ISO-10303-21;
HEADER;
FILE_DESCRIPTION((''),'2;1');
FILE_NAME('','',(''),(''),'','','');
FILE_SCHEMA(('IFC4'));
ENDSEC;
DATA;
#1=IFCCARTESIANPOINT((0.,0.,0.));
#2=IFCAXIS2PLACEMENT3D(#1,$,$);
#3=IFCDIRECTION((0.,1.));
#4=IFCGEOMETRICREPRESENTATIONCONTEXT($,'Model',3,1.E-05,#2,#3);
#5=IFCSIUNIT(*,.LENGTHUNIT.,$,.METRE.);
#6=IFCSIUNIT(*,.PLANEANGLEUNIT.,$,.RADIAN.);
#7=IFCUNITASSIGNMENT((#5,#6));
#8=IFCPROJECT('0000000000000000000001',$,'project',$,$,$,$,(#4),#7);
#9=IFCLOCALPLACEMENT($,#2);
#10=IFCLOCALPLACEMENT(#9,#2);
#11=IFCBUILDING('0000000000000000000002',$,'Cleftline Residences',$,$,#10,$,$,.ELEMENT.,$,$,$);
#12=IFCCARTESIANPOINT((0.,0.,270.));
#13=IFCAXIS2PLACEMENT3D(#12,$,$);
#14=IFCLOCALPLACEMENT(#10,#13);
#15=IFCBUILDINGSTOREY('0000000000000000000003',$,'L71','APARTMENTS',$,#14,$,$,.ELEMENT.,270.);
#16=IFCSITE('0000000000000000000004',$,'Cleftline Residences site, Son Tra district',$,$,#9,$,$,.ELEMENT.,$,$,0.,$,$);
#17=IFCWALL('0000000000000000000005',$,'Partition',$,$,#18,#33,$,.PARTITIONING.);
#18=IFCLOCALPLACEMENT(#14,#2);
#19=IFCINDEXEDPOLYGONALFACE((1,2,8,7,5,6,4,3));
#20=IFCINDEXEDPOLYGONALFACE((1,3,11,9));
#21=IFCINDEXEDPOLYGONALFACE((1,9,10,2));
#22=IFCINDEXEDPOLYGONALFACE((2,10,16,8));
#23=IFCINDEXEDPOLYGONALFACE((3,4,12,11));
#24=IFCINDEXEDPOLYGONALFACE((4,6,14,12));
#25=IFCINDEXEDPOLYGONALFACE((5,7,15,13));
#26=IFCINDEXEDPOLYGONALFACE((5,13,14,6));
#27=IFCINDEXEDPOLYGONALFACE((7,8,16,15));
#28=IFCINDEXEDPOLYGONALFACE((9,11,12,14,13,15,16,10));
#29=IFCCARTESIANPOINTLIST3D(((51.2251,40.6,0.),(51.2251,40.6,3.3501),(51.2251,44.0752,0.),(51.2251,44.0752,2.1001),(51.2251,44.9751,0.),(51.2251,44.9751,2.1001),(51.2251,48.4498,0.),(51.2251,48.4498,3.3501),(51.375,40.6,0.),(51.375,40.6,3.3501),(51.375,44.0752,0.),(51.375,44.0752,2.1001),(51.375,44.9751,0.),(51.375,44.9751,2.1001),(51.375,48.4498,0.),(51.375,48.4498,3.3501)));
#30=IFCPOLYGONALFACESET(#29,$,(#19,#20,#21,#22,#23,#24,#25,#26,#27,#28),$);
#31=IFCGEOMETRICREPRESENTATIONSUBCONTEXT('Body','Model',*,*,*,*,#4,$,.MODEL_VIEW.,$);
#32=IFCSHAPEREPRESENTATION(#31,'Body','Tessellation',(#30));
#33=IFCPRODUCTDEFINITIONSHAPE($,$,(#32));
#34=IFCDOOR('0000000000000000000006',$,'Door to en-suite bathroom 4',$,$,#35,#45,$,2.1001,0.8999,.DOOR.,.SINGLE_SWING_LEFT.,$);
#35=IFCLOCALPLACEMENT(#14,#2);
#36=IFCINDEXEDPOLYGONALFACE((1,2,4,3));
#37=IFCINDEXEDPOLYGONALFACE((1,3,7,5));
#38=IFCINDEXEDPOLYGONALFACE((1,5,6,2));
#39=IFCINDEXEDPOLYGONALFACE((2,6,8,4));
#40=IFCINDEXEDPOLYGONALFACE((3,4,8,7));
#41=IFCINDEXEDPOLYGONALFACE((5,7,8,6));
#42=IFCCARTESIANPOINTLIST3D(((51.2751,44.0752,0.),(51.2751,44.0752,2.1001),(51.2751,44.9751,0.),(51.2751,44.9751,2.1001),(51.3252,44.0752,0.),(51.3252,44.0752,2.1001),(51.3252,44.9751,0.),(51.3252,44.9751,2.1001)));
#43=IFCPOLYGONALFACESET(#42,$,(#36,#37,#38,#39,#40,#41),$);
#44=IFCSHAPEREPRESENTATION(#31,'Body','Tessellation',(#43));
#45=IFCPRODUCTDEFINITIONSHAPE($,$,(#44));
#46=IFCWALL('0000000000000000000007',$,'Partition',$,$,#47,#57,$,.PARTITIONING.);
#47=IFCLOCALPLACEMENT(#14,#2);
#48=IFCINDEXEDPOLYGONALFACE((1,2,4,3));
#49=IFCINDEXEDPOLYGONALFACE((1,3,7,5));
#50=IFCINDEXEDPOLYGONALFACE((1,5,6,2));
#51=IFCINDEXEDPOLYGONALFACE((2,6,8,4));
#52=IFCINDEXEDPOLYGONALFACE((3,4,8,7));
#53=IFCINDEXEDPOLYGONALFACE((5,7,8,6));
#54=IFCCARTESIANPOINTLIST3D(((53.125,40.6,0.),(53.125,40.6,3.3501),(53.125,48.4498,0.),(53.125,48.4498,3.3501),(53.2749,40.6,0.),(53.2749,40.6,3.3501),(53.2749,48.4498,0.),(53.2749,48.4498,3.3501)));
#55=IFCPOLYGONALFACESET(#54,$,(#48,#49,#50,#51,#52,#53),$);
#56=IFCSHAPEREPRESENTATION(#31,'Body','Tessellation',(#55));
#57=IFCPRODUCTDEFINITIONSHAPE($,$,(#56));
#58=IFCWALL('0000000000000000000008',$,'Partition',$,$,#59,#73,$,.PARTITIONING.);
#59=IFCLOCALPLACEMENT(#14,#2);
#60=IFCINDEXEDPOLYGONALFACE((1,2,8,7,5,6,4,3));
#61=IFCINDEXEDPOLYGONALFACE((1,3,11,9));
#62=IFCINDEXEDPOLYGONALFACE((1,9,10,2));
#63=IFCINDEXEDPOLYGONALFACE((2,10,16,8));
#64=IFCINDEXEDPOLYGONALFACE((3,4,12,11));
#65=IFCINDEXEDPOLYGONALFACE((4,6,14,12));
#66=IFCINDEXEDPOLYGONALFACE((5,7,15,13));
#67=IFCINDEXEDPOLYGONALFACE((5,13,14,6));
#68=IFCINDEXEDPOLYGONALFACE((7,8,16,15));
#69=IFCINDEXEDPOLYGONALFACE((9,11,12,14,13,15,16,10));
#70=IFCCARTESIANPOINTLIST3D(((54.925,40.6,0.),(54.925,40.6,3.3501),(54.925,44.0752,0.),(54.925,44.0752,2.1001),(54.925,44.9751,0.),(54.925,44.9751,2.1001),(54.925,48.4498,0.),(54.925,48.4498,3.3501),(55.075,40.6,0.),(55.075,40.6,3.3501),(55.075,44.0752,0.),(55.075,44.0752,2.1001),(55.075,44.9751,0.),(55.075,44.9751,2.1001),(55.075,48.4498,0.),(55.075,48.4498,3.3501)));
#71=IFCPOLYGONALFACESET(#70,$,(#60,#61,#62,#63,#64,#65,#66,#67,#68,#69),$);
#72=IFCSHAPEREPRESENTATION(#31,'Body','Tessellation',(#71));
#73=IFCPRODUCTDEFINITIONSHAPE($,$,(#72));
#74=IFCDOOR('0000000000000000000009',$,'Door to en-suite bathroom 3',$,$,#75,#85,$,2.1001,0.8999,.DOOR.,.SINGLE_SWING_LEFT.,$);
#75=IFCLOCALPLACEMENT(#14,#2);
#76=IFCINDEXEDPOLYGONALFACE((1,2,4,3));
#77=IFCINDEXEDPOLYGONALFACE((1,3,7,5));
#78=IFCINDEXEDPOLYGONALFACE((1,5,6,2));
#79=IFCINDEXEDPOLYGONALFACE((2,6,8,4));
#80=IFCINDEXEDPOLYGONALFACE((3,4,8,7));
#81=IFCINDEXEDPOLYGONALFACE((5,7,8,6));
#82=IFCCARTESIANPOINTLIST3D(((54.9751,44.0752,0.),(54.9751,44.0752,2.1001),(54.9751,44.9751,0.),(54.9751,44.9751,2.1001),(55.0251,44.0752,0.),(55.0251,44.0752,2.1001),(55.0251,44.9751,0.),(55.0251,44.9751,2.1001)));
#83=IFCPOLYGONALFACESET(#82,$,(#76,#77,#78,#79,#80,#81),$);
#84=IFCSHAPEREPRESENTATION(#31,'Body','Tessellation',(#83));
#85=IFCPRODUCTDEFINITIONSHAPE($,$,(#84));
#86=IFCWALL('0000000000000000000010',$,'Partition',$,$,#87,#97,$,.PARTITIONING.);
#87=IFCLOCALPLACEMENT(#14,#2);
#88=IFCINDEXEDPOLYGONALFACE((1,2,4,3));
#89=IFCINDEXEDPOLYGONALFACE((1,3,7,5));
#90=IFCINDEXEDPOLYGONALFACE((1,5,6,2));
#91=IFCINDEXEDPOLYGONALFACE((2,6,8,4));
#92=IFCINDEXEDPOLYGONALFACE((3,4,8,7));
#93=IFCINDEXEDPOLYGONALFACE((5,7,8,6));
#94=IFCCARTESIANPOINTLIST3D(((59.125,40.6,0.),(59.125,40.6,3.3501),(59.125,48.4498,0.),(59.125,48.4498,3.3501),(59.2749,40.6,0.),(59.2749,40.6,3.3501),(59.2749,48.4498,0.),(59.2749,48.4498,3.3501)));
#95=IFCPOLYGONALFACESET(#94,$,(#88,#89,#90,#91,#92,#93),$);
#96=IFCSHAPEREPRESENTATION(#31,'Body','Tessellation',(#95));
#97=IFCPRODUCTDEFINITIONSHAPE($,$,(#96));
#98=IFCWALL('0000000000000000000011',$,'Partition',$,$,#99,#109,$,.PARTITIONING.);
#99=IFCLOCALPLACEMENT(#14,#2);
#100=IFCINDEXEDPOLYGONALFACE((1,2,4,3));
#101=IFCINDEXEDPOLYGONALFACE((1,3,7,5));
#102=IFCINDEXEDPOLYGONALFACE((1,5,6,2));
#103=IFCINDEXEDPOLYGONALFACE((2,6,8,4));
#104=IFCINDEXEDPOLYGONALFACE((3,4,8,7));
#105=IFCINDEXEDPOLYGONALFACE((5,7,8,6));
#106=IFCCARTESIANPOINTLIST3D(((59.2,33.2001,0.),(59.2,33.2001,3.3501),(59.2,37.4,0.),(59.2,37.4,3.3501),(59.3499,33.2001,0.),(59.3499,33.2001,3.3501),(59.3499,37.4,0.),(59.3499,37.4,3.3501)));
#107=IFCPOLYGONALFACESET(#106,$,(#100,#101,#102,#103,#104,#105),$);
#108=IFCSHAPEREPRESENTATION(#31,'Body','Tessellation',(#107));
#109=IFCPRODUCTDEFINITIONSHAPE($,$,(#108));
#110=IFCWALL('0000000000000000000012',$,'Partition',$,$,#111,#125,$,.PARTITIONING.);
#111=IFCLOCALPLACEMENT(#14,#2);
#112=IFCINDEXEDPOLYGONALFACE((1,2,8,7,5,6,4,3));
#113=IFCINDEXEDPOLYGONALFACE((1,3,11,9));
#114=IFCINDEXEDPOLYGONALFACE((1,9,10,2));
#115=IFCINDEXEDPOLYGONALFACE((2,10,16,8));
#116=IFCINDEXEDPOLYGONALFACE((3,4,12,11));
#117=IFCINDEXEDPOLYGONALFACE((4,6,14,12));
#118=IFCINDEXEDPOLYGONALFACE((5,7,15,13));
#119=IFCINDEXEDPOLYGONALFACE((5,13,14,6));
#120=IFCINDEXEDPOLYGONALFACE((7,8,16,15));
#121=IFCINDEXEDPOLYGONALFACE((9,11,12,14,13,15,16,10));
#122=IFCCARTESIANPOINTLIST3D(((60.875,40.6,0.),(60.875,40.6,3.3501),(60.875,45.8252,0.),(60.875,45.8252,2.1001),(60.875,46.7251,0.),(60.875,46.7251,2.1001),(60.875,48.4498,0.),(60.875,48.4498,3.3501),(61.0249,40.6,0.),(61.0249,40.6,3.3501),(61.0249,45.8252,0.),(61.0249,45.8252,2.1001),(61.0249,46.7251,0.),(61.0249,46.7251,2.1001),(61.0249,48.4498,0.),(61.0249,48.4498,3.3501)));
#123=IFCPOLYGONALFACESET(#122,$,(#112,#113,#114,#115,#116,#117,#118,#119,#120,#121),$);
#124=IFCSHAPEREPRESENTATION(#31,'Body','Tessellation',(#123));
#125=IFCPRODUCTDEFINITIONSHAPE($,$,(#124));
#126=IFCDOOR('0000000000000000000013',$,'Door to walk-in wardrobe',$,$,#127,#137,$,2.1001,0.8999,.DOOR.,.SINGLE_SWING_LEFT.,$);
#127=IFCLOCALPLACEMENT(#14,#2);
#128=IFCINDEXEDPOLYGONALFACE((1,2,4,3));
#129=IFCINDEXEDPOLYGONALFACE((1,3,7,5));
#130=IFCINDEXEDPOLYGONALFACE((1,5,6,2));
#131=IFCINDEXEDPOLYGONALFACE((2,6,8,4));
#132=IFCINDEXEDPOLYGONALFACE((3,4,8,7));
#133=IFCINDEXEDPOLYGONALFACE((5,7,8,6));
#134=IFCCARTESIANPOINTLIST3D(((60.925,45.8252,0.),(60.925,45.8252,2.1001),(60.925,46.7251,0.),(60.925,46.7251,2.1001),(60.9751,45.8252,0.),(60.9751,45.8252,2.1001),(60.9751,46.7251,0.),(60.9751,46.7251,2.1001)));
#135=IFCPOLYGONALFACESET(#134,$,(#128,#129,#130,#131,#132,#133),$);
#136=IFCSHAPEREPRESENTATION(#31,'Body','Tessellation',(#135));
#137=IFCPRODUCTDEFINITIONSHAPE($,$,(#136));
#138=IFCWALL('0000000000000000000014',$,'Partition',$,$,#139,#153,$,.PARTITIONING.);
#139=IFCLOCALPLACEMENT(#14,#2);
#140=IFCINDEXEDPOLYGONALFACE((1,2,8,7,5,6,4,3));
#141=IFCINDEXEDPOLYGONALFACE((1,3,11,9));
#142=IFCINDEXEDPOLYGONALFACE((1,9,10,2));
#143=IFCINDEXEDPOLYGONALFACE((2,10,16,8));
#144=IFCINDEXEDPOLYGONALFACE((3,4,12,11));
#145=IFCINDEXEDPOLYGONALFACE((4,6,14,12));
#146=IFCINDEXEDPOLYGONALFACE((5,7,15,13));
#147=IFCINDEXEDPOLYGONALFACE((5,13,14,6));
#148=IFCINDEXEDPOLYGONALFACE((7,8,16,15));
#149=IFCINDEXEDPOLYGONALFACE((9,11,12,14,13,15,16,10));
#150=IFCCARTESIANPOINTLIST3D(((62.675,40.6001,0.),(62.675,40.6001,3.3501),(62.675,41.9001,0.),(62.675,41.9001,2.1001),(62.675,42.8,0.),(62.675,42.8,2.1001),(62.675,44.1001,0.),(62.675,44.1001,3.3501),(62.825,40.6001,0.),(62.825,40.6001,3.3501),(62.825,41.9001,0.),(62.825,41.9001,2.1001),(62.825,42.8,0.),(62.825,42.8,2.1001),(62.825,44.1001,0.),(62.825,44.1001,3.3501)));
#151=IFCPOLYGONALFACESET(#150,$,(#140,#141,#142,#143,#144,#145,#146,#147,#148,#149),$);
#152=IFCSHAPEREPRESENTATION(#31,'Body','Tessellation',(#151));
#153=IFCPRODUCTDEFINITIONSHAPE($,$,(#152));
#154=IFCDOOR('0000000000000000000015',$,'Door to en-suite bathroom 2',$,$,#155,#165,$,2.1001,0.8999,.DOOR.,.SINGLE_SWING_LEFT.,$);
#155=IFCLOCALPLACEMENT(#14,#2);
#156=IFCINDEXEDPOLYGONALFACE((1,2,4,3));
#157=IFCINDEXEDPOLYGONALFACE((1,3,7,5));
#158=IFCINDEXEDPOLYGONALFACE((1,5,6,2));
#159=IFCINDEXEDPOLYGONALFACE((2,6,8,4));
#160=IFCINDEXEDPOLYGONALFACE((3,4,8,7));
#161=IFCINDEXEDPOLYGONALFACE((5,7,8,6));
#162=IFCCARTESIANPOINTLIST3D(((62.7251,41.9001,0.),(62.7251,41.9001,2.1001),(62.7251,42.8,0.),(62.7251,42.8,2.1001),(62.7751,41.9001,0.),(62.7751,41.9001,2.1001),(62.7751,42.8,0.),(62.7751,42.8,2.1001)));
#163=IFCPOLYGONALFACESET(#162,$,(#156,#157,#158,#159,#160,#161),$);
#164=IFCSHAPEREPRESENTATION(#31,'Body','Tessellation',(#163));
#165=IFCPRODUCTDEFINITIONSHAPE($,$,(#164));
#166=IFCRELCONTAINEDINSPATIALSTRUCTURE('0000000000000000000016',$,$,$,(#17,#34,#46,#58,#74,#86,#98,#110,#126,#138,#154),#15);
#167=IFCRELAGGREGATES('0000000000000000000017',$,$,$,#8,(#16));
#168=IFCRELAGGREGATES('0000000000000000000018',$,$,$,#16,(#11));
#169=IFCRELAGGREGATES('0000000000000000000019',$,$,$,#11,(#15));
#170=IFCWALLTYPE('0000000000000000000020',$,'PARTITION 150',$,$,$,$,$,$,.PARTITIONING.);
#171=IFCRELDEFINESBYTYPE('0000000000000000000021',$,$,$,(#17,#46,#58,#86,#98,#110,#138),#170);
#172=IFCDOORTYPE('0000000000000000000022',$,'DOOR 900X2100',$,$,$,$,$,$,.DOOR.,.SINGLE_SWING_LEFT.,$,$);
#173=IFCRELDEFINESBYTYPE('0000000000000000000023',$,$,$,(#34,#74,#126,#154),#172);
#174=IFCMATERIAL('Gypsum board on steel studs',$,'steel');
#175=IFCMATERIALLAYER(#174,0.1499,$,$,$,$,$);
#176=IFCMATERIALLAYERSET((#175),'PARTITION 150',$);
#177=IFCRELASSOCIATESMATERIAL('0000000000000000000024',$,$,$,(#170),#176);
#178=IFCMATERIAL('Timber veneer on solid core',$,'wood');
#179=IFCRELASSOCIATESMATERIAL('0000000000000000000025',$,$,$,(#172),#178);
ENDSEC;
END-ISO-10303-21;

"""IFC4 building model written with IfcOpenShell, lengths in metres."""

from ifc_helpers import new_model, si_unit, direction, frame, frame_2d, origin, place, context, subcontext, project, spatial, rectangle, extrude, material, layer, layer_set, type_object, element, fill, save


model = new_model("IFC4")

# Units and contexts
model_context = context("Model", 3, precision=1e-05, world=origin(), true_north=direction((0.0, 1.0)))
body_context = subcontext(model_context, "Body", "Model", "MODEL_VIEW")
ifc_project = project(units=[si_unit("LENGTHUNIT", "METRE"), si_unit("PLANEANGLEUNIT", "RADIAN")], contexts=[model_context])

# Site, building, storey
site_placement = place(None, origin())
site = spatial("IfcSite", under=ifc_project, at=site_placement, Name="Cleftline Residences site, Son Tra district", CompositionType="ELEMENT", RefElevation=0.0)
building_placement = place(site_placement, origin())
building = spatial("IfcBuilding", under=site, at=building_placement, Name="Cleftline Residences", CompositionType="ELEMENT")
storey_placement = place(building_placement, frame((0.0, 0.0, 270.0)))
storey = spatial("IfcBuildingStorey", under=building, at=storey_placement, Name="L71", Description="APARTMENTS", CompositionType="ELEMENT", Elevation=270.0)

# Shared definitions
ifc_material_1 = material(Name="Gypsum board on steel studs", Category="steel")
ifc_layer = layer(ifc_material_1, 0.1499)
ifc_layer_set = layer_set([ifc_layer], Name="PARTITION 150")
wall_type = type_object("IfcWallType", Name="PARTITION 150", PredefinedType="PARTITIONING", material=ifc_layer_set)

# Wall, opening, door
wall_1_placement = place(storey_placement, frame((51.3, 40.6001, 0.0), z_axis=(0.0, 0.0, 1.0), x_axis=(0.0, 1.0, 0.0)))
wall_1 = element("IfcWall", 1, at=wall_1_placement, inside=storey, type_object=wall_type, Name="Partition", PredefinedType="PARTITIONING", context=body_context, shape_type="SweptSolid", body=[
    extrude(rectangle(XDim=7.8499, YDim=0.1499, at=frame_2d((3.9248, 0.0))), origin(), (0.0, 0.0, 1.0), 3.3501),
])
opening_1_placement = place(wall_1_placement, frame((3.4751, 0.0, 0.0)))
opening_1 = element("IfcOpeningElement", 2, at=opening_1_placement, cuts=wall_1, PredefinedType="OPENING", context=body_context, shape_type="SweptSolid", body=[
    extrude(rectangle(XDim=0.8999, YDim=2.1001, at=frame_2d((0.45, 1.05))), frame((0.0, 0.085, 0.0), z_axis=(0.0, -1.0, 0.0), x_axis=(1.0, 0.0, 0.0)), (0.0, 0.0, 1.0), 0.1699),
])
ifc_material_2 = material(Name="Timber veneer on solid core", Category="wood")
door_type_1 = type_object("IfcDoorType", Name="DOOR 900X2100", OperationType="SINGLE_SWING_LEFT", PredefinedType="DOOR", material=ifc_material_2)
door_1_placement = place(opening_1_placement, origin())
door_1 = element("IfcDoor", 3, at=door_1_placement, inside=storey, type_object=door_type_1, Name="Door to en-suite bathroom 4", OperationType="SINGLE_SWING_LEFT", OverallHeight=2.1001, OverallWidth=0.8999, PredefinedType="DOOR", context=body_context, shape_type="SweptSolid", body=[
    extrude(rectangle(XDim=0.8999, YDim=2.1001, at=frame_2d((0.45, 1.05))), frame((0.0, 0.0249, 0.0), z_axis=(0.0, -1.0, 0.0), x_axis=(1.0, 0.0, 0.0)), (0.0, 0.0, 1.0), 0.05),
])
fill(opening_1, door_1)

# Wall
wall_2_placement = place(storey_placement, frame((53.2, 40.6001, 0.0), z_axis=(0.0, 0.0, 1.0), x_axis=(0.0, 1.0, 0.0)))
element("IfcWall", 4, at=wall_2_placement, inside=storey, type_object=wall_type, Name="Partition", PredefinedType="PARTITIONING", context=body_context, shape_type="SweptSolid", body=[
    extrude(rectangle(XDim=7.8499, YDim=0.1499, at=frame_2d((3.9248, 0.0))), origin(), (0.0, 0.0, 1.0), 3.3501),
])

# Wall, opening, door
wall_3_placement = place(storey_placement, frame((55.0, 40.6001, 0.0), z_axis=(0.0, 0.0, 1.0), x_axis=(0.0, 1.0, 0.0)))
wall_3 = element("IfcWall", 5, at=wall_3_placement, inside=storey, type_object=wall_type, Name="Partition", PredefinedType="PARTITIONING", context=body_context, shape_type="SweptSolid", body=[
    extrude(rectangle(XDim=7.8499, YDim=0.1499, at=frame_2d((3.9248, 0.0))), origin(), (0.0, 0.0, 1.0), 3.3501),
])
opening_2_placement = place(wall_3_placement, frame((3.4751, 0.0, 0.0)))
opening_2 = element("IfcOpeningElement", 6, at=opening_2_placement, cuts=wall_3, PredefinedType="OPENING", context=body_context, shape_type="SweptSolid", body=[
    extrude(rectangle(XDim=0.8999, YDim=2.1001, at=frame_2d((0.45, 1.05))), frame((0.0, 0.085, 0.0), z_axis=(0.0, -1.0, 0.0), x_axis=(1.0, 0.0, 0.0)), (0.0, 0.0, 1.0), 0.1699),
])
door_2_placement = place(opening_2_placement, origin())
door_2 = element("IfcDoor", 7, at=door_2_placement, inside=storey, type_object=door_type_1, Name="Door to en-suite bathroom 3", OperationType="SINGLE_SWING_LEFT", OverallHeight=2.1001, OverallWidth=0.8999, PredefinedType="DOOR", context=body_context, shape_type="SweptSolid", body=[
    extrude(rectangle(XDim=0.8999, YDim=2.1001, at=frame_2d((0.45, 1.05))), frame((0.0, 0.0249, 0.0), z_axis=(0.0, -1.0, 0.0), x_axis=(1.0, 0.0, 0.0)), (0.0, 0.0, 1.0), 0.05),
])
fill(opening_2, door_2)

# Walls
wall_4_placement = place(storey_placement, frame((59.2, 40.6001, 0.0), z_axis=(0.0, 0.0, 1.0), x_axis=(0.0, 1.0, 0.0)))
element("IfcWall", 8, at=wall_4_placement, inside=storey, type_object=wall_type, Name="Partition", PredefinedType="PARTITIONING", context=body_context, shape_type="SweptSolid", body=[
    extrude(rectangle(XDim=7.8499, YDim=0.1499, at=frame_2d((3.9248, 0.0))), origin(), (0.0, 0.0, 1.0), 3.3501),
])
wall_5_placement = place(storey_placement, frame((59.2749, 33.2, 0.0), z_axis=(0.0, 0.0, 1.0), x_axis=(0.0, 1.0, 0.0)))
element("IfcWall", 9, at=wall_5_placement, inside=storey, type_object=wall_type, Name="Partition", PredefinedType="PARTITIONING", context=body_context, shape_type="SweptSolid", body=[
    extrude(rectangle(XDim=4.2, YDim=0.1499, at=frame_2d((2.1001, 0.0))), origin(), (0.0, 0.0, 1.0), 3.3501),
])

# Walls, openings, doors
wall_6_placement = place(storey_placement, frame((60.95, 40.6001, 0.0), z_axis=(0.0, 0.0, 1.0), x_axis=(0.0, 1.0, 0.0)))
wall_6 = element("IfcWall", 10, at=wall_6_placement, inside=storey, type_object=wall_type, Name="Partition", PredefinedType="PARTITIONING", context=body_context, shape_type="SweptSolid", body=[
    extrude(rectangle(XDim=7.8499, YDim=0.1499, at=frame_2d((3.9248, 0.0))), origin(), (0.0, 0.0, 1.0), 3.3501),
])
opening_3_placement = place(wall_6_placement, frame((5.2251, 0.0, 0.0)))
opening_3 = element("IfcOpeningElement", 11, at=opening_3_placement, cuts=wall_6, PredefinedType="OPENING", context=body_context, shape_type="SweptSolid", body=[
    extrude(rectangle(XDim=0.8999, YDim=2.1001, at=frame_2d((0.45, 1.05))), frame((0.0, 0.085, 0.0), z_axis=(0.0, -1.0, 0.0), x_axis=(1.0, 0.0, 0.0)), (0.0, 0.0, 1.0), 0.1699),
])
door_3_placement = place(opening_3_placement, origin())
door_3 = element("IfcDoor", 12, at=door_3_placement, inside=storey, type_object=door_type_1, Name="Door to walk-in wardrobe", OperationType="SINGLE_SWING_LEFT", OverallHeight=2.1001, OverallWidth=0.8999, PredefinedType="DOOR", context=body_context, shape_type="SweptSolid", body=[
    extrude(rectangle(XDim=0.8999, YDim=2.1001, at=frame_2d((0.45, 1.05))), frame((0.0, 0.0249, 0.0), z_axis=(0.0, -1.0, 0.0), x_axis=(1.0, 0.0, 0.0)), (0.0, 0.0, 1.0), 0.05),
])
fill(opening_3, door_3)
wall_7_placement = place(storey_placement, frame((62.75, 40.6001, 0.0), z_axis=(0.0, 0.0, 1.0), x_axis=(0.0, 1.0, 0.0)))
wall_7 = element("IfcWall", 13, at=wall_7_placement, inside=storey, type_object=wall_type, Name="Partition", PredefinedType="PARTITIONING", context=body_context, shape_type="SweptSolid", body=[
    extrude(rectangle(XDim=3.5, YDim=0.1499, at=frame_2d((1.75, 0.0))), origin(), (0.0, 0.0, 1.0), 3.3501),
])
opening_4_placement = place(wall_7_placement, frame((1.3, 0.0, 0.0)))
opening_4 = element("IfcOpeningElement", 14, at=opening_4_placement, cuts=wall_7, PredefinedType="OPENING", context=body_context, shape_type="SweptSolid", body=[
    extrude(rectangle(XDim=0.8999, YDim=2.1001, at=frame_2d((0.45, 1.05))), frame((0.0, 0.085, 0.0), z_axis=(0.0, -1.0, 0.0), x_axis=(1.0, 0.0, 0.0)), (0.0, 0.0, 1.0), 0.1699),
])
door_4_placement = place(opening_4_placement, origin())
door_4 = element("IfcDoor", 15, at=door_4_placement, inside=storey, type_object=door_type_1, Name="Door to en-suite bathroom 2", OperationType="SINGLE_SWING_LEFT", OverallHeight=2.1001, OverallWidth=0.8999, PredefinedType="DOOR", context=body_context, shape_type="SweptSolid", body=[
    extrude(rectangle(XDim=0.8999, YDim=2.1001, at=frame_2d((0.45, 1.05))), frame((0.0, 0.0249, 0.0), z_axis=(0.0, -1.0, 0.0), x_axis=(1.0, 0.0, 0.0)), (0.0, 0.0, 1.0), 0.05),
])
fill(opening_4, door_4)

save(model, "model.ifc")
